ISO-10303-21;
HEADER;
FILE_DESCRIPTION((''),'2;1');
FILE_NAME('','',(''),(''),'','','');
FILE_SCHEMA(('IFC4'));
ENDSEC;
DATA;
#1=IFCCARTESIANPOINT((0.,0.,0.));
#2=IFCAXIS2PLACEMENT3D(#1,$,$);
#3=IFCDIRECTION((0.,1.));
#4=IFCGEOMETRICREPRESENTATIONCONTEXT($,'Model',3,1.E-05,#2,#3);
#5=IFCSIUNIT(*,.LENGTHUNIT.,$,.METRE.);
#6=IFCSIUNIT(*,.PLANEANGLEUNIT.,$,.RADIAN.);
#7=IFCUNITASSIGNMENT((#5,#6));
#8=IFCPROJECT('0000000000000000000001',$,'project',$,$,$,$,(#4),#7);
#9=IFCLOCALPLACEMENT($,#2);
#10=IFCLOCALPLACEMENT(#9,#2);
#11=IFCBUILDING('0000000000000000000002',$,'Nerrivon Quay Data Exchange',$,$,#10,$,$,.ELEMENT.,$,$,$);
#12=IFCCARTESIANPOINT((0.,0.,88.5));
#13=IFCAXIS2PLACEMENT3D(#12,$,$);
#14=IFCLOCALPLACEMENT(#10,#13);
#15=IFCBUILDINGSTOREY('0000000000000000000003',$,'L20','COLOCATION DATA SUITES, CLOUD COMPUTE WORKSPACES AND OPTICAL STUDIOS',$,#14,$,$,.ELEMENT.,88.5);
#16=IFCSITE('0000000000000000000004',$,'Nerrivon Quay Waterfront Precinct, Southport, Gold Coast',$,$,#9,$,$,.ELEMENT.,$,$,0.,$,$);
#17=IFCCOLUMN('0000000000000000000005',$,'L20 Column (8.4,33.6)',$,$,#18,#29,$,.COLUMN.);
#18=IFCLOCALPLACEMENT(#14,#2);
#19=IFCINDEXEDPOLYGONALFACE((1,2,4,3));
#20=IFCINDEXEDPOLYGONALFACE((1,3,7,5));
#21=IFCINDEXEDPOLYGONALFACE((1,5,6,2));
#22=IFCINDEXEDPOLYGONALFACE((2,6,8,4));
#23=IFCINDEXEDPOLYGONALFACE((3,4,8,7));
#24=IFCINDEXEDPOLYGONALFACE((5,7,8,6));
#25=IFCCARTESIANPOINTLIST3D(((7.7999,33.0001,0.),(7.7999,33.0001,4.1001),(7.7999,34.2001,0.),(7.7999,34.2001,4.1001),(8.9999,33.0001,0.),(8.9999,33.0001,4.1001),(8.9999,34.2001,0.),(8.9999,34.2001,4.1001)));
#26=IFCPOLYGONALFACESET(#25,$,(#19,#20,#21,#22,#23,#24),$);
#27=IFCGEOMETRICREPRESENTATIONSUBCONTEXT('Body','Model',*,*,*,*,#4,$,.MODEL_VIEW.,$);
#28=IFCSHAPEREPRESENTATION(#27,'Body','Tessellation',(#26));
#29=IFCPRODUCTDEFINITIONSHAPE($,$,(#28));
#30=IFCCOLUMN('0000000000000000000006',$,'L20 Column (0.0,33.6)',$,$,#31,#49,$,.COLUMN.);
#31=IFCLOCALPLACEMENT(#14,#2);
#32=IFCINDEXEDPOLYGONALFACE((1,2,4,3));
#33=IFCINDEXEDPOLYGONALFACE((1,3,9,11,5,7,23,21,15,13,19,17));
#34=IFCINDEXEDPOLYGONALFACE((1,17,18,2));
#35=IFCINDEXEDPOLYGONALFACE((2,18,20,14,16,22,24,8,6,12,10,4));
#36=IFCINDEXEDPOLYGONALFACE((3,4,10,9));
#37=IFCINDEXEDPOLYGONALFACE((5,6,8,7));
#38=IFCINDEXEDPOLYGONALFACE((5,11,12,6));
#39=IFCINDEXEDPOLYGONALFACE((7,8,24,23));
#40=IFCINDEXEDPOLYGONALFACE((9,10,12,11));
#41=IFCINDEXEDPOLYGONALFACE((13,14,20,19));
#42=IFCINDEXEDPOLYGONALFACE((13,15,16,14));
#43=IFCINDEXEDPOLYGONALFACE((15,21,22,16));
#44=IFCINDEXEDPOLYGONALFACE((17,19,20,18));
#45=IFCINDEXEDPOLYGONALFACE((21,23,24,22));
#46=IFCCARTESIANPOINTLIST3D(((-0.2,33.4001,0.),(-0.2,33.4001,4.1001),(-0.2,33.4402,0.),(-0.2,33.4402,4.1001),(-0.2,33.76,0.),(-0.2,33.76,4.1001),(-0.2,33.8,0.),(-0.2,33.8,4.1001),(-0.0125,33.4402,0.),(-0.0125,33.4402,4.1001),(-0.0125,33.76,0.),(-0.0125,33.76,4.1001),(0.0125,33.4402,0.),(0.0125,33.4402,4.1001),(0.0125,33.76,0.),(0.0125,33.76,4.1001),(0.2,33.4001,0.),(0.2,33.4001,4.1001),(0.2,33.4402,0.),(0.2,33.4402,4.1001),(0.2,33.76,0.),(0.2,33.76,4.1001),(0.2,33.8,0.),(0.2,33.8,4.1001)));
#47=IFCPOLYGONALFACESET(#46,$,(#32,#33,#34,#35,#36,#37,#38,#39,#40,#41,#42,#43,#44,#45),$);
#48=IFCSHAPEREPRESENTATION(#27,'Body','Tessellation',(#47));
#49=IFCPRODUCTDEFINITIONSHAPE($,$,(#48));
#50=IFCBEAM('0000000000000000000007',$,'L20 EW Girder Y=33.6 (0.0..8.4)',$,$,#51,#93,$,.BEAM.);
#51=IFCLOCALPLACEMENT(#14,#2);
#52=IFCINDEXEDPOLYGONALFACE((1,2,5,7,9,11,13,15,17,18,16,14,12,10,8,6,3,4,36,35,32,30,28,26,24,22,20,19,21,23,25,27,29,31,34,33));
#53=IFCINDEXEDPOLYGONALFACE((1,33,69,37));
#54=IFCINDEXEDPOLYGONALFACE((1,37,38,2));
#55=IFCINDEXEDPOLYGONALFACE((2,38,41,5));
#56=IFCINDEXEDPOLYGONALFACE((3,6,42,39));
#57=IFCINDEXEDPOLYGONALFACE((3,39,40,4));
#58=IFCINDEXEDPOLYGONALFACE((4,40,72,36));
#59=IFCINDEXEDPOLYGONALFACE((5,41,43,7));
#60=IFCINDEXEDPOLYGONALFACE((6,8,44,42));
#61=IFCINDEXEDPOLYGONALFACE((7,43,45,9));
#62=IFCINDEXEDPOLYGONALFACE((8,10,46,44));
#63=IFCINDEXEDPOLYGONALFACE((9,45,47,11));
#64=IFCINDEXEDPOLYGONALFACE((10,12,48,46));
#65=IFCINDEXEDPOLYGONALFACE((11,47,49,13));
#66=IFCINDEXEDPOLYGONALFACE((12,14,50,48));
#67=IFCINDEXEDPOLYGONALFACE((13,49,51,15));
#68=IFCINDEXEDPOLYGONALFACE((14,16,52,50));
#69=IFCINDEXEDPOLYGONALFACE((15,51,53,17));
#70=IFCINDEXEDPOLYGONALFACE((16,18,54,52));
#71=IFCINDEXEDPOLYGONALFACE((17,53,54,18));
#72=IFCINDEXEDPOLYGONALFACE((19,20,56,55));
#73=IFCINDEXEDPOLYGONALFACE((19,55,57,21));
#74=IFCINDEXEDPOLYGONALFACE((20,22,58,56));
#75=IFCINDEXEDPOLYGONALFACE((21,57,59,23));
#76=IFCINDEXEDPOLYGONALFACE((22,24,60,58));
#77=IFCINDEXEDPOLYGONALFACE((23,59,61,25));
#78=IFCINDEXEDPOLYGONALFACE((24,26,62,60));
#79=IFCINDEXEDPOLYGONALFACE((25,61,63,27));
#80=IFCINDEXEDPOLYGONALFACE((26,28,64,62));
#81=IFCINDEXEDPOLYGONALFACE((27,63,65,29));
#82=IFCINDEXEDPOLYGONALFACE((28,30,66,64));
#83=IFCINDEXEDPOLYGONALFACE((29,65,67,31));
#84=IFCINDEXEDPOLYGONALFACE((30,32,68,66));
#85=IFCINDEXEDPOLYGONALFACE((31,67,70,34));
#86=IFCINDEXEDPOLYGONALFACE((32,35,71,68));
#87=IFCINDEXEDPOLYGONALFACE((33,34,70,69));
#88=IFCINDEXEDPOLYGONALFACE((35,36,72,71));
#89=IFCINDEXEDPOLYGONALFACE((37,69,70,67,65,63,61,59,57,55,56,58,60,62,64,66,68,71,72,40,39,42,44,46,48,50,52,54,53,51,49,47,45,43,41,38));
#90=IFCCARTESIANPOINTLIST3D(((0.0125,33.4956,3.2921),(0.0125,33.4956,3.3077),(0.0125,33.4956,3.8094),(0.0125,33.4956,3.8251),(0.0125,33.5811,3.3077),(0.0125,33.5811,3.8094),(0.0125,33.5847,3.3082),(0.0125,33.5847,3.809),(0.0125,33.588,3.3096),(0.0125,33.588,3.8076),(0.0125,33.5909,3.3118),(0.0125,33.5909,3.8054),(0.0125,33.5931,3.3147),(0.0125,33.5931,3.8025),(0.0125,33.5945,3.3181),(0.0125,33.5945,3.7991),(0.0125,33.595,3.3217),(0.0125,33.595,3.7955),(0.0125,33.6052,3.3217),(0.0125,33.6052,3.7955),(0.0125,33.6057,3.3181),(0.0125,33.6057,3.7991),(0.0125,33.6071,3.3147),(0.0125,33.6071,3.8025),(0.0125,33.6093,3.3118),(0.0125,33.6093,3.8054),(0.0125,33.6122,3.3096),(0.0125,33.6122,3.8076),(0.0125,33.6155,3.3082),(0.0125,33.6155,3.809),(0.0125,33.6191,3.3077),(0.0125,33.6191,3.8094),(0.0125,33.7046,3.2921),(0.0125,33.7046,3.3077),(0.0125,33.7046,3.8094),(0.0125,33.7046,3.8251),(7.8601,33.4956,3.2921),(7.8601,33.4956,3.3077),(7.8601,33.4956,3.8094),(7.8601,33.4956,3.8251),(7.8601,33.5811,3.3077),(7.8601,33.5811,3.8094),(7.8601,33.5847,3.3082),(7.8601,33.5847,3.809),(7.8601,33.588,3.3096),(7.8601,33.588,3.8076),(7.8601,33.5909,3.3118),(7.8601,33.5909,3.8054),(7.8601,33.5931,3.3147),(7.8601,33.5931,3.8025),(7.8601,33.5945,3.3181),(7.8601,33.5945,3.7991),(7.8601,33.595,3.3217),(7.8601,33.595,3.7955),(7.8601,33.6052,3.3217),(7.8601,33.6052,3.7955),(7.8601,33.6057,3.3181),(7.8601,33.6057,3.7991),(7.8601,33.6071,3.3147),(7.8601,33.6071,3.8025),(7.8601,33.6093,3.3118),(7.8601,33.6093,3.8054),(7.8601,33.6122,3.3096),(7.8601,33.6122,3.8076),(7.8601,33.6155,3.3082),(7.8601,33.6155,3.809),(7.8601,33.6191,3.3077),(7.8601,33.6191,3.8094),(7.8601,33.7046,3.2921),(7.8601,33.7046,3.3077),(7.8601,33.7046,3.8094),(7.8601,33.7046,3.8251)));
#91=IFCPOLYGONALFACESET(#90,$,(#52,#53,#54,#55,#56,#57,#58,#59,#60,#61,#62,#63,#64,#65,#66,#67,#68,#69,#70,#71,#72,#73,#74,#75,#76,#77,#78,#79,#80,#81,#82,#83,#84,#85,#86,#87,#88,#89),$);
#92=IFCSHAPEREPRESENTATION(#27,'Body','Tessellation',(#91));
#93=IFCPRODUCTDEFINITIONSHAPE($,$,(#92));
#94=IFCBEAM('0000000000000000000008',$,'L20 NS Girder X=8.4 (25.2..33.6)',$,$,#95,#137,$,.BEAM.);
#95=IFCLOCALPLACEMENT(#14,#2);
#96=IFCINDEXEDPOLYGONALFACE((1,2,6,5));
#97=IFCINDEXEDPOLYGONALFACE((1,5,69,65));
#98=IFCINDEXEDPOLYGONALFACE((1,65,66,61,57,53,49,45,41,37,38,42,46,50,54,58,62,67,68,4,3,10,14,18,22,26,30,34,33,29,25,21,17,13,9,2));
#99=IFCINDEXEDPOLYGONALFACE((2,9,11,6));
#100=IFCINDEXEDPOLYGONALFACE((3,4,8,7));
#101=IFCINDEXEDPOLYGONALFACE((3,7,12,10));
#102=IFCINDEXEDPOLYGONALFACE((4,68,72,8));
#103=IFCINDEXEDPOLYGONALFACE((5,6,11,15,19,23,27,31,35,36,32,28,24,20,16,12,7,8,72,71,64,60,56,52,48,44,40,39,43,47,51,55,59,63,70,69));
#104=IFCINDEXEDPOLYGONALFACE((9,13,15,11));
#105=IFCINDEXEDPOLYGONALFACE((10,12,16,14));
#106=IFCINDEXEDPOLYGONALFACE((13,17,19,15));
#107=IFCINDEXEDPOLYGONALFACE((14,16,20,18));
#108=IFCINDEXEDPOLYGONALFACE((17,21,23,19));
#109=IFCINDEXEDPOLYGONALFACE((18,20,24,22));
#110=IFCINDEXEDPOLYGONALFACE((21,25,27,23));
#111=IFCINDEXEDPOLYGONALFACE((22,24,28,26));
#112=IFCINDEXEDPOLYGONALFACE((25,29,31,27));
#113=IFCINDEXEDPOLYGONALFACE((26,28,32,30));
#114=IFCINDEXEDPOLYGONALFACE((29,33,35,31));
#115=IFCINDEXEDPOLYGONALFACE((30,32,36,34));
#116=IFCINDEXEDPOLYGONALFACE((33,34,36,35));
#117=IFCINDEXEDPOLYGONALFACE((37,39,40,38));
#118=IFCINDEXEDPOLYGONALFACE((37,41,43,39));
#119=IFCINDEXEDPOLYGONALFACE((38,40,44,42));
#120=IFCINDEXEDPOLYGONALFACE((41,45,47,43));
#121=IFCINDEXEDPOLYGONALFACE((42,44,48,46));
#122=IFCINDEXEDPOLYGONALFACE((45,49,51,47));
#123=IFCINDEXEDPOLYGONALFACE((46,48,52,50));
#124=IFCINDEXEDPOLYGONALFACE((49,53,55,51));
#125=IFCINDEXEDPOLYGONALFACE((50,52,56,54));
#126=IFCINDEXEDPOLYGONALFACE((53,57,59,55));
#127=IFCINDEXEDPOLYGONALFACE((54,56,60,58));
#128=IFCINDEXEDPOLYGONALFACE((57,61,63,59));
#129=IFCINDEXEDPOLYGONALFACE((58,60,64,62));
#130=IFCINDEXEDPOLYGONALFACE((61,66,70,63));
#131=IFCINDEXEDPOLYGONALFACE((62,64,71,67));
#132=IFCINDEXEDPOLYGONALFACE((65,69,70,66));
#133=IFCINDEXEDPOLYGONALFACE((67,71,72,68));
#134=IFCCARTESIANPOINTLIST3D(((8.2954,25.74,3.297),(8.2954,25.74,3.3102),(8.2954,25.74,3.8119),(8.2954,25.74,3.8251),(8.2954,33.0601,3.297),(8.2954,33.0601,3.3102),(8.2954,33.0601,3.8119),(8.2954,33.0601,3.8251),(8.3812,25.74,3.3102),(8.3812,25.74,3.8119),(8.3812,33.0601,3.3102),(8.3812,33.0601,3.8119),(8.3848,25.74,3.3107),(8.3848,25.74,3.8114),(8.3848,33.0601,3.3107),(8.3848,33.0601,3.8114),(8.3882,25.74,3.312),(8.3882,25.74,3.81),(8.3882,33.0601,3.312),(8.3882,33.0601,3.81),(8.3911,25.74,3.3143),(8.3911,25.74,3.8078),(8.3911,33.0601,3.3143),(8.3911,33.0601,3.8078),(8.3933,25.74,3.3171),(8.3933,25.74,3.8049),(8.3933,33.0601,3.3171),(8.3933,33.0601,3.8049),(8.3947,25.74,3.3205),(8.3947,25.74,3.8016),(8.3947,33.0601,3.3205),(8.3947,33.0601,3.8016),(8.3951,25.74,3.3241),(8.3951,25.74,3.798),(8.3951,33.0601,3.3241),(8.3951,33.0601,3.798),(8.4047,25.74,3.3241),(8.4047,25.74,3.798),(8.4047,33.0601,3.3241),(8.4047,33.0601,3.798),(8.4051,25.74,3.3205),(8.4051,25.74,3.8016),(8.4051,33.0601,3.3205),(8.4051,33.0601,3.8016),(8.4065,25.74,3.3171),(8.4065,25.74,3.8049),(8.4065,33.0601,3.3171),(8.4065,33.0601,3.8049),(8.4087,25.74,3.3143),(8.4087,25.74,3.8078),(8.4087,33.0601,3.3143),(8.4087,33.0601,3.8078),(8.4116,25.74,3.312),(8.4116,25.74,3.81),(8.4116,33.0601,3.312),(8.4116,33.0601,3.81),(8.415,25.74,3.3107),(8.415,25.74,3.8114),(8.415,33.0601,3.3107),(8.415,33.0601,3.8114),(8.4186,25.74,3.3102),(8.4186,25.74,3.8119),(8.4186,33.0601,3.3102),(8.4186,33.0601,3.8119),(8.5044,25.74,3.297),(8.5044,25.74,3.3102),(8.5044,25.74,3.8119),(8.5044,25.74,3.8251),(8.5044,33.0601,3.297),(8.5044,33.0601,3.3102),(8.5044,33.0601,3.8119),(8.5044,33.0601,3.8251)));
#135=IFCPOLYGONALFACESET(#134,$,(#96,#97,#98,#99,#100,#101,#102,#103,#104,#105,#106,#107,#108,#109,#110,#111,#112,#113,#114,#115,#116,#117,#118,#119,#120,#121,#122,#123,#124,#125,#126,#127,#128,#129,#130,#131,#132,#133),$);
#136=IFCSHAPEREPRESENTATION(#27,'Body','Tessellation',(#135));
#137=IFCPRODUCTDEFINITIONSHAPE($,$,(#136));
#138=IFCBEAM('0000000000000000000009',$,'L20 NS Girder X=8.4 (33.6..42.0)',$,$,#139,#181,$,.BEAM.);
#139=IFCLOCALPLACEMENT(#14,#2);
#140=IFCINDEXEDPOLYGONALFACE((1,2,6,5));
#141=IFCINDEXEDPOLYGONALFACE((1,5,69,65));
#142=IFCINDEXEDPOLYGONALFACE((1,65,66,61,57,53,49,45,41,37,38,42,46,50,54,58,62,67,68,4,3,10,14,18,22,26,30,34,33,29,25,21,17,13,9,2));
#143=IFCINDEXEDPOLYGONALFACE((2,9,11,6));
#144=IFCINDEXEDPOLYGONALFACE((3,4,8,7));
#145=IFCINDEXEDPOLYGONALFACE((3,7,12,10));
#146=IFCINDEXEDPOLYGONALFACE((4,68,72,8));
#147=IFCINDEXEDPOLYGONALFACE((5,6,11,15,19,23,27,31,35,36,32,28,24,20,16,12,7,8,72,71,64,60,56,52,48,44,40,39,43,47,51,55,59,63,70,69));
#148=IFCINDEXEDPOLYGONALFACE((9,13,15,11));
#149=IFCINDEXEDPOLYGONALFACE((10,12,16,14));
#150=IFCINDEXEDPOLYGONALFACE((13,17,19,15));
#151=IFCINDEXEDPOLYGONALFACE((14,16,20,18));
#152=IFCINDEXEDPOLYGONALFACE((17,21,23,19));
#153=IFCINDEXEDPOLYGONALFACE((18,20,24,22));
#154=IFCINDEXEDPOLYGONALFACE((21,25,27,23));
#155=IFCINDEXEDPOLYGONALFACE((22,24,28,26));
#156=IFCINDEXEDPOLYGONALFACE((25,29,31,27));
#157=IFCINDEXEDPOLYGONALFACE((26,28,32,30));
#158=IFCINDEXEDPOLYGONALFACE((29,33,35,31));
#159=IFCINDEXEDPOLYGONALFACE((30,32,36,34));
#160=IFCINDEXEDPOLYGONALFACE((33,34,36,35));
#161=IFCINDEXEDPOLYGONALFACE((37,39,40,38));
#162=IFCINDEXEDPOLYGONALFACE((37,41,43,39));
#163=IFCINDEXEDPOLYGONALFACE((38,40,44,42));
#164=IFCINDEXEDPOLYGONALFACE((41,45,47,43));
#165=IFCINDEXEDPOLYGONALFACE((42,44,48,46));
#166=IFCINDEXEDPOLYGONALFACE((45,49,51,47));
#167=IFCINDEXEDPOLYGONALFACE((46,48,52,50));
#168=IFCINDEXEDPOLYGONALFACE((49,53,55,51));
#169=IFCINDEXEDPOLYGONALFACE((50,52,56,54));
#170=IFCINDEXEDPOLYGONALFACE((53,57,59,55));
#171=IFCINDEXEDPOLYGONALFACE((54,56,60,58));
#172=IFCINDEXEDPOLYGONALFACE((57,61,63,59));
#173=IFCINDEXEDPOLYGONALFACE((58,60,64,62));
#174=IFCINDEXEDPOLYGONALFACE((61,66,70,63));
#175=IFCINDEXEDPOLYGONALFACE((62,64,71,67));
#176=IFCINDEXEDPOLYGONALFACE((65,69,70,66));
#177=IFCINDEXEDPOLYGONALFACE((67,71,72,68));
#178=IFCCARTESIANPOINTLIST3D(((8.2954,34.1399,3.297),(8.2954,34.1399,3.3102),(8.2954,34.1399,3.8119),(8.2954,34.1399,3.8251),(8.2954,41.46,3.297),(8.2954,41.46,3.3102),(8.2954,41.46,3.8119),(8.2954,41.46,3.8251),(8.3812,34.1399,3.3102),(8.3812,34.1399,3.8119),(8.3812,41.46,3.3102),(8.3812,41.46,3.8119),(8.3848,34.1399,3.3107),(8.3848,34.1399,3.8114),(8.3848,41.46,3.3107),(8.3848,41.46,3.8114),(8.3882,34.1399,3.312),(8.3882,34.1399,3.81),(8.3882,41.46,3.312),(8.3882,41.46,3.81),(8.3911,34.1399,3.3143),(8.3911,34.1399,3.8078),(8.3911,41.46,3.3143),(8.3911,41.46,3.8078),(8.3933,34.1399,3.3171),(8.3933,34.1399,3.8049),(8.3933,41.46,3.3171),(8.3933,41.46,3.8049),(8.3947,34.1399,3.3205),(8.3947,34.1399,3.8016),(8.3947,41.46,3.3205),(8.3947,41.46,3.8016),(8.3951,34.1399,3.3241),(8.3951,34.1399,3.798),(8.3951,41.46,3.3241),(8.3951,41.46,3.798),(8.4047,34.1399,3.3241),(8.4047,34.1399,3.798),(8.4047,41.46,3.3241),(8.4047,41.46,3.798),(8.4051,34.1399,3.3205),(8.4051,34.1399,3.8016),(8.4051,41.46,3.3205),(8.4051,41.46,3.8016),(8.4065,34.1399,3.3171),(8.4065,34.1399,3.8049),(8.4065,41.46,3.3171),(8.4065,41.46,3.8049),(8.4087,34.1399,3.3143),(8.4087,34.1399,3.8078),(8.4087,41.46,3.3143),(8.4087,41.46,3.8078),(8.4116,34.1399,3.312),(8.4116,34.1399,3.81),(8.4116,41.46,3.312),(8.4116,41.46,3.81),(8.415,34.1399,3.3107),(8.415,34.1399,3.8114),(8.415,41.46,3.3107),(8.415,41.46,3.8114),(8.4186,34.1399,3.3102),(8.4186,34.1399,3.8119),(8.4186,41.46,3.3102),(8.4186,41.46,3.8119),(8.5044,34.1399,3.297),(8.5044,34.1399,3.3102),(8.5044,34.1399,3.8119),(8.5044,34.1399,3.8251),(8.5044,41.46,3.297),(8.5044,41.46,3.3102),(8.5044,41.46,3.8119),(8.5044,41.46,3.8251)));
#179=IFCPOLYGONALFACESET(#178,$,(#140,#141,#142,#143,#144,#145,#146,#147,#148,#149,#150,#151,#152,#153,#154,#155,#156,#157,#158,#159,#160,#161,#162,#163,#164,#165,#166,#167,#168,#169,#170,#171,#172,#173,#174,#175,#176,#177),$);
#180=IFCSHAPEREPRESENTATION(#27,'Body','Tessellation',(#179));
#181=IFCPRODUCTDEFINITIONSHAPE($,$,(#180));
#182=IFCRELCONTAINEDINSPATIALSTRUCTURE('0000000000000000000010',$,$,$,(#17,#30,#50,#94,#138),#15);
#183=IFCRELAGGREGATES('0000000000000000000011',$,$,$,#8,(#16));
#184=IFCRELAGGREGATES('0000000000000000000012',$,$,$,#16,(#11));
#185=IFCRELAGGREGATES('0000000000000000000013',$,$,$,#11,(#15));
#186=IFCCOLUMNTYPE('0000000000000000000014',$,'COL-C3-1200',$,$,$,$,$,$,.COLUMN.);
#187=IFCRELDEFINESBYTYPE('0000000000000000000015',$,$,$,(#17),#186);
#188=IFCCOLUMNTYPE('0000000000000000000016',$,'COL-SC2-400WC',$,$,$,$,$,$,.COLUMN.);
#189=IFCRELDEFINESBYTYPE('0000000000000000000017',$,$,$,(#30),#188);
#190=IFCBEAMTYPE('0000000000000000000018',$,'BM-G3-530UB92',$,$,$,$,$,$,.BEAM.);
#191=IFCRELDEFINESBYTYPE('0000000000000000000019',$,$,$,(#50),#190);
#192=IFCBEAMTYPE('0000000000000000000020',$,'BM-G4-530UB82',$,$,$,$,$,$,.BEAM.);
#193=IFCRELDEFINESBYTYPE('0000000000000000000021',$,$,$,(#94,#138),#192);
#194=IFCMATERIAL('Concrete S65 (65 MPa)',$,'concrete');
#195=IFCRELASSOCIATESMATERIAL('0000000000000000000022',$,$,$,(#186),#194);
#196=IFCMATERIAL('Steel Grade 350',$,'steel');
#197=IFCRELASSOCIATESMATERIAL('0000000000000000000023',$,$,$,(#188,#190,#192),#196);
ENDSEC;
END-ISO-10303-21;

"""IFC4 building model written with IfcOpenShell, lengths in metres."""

from ifc_helpers import new_model, si_unit, direction, frame, origin, origin_2d, place, context, subcontext, project, spatial, rectangle, i_section, extrude, material, material_profile, profile_set, type_object, element, save


model = new_model("IFC4")

# Units and contexts
model_context = context("Model", 3, precision=1e-05, world=origin(), true_north=direction((0.0, 1.0)))
body_context = subcontext(model_context, "Body", "Model", "MODEL_VIEW")
ifc_project = project(units=[si_unit("LENGTHUNIT", "METRE"), si_unit("PLANEANGLEUNIT", "RADIAN")], contexts=[model_context])

# Site, building, storey
site_placement = place(None, origin())
site = spatial("IfcSite", under=ifc_project, at=site_placement, Name="Nerrivon Quay Waterfront Precinct, Southport, Gold Coast", CompositionType="ELEMENT", RefElevation=0.0)
building_placement = place(site_placement, origin())
building = spatial("IfcBuilding", under=site, at=building_placement, Name="Nerrivon Quay Data Exchange", CompositionType="ELEMENT")
storey_placement = place(building_placement, frame((0.0, 0.0, 88.5)))
storey = spatial("IfcBuildingStorey", under=building, at=storey_placement, Name="L20", Description="COLOCATION DATA SUITES, CLOUD COMPUTE WORKSPACES AND OPTICAL STUDIOS", CompositionType="ELEMENT", Elevation=88.5)

# Columns
ifc_material_1 = material(Name="Concrete S65 (65 MPa)", Category="concrete")
ifc_material_profile_1 = material_profile(ifc_material_1, rectangle(XDim=1.2, YDim=1.2, at=origin_2d()), Name="RC-COL-1200x1200")
ifc_profile_set_1 = profile_set([ifc_material_profile_1], Name="Concrete S65 (65 MPa)")
column_type_1 = type_object("IfcColumnType", Name="COL-C3-1200", PredefinedType="COLUMN", material=ifc_profile_set_1)
column_1_placement = place(storey_placement, frame((8.3999, 33.6001, 0.0), z_axis=(0.0, 0.0, 1.0), x_axis=(1.0, 0.0, 0.0)))
element("IfcColumn", 1, at=column_1_placement, inside=storey, type_object=column_type_1, Name="L20 Column (8.4,33.6)", PredefinedType="COLUMN", context=body_context, shape_type="SweptSolid", body=[
    extrude(rectangle(XDim=1.2, YDim=1.2, at=origin_2d()), origin(), (0.0, 0.0, 1.0), 4.1001),
])
ifc_material_2 = material(Name="Steel Grade 350", Category="steel")
ifc_material_profile_2 = material_profile(ifc_material_2, i_section(OverallWidth=0.3999, OverallDepth=0.3999, WebThickness=0.0249, FlangeThickness=0.04, at=origin_2d()), Name="400WC328")
ifc_profile_set_2 = profile_set([ifc_material_profile_2], Name="Steel Grade 350")
column_type_2 = type_object("IfcColumnType", Name="COL-SC2-400WC", PredefinedType="COLUMN", material=ifc_profile_set_2)
column_2_placement = place(storey_placement, frame((0.0, 33.6001, 0.0), z_axis=(0.0, 0.0, 1.0), x_axis=(1.0, 0.0, 0.0)))
element("IfcColumn", 2, at=column_2_placement, inside=storey, type_object=column_type_2, Name="L20 Column (0.0,33.6)", PredefinedType="COLUMN", context=body_context, shape_type="SweptSolid", body=[
    extrude(i_section(OverallWidth=0.3999, OverallDepth=0.3999, WebThickness=0.0249, FlangeThickness=0.04, at=origin_2d()), origin(), (0.0, 0.0, 1.0), 4.1001),
])

# Beams
ifc_material_profile_3 = material_profile(ifc_material_2, i_section(OverallWidth=0.209, OverallDepth=0.533, WebThickness=0.0103, FlangeThickness=0.0156, FilletRadius=0.0139, at=origin_2d()), Name="530UB92.4")
ifc_profile_set_3 = profile_set([ifc_material_profile_3], Name="Steel Grade 350")
beam_type_1 = type_object("IfcBeamType", Name="BM-G3-530UB92", PredefinedType="BEAM", material=ifc_profile_set_3)
beam_1_placement = place(storey_placement, frame((0.0125, 33.6001, 3.5586), z_axis=(1.0, 0.0, 0.0), x_axis=(0.0, 1.0, 0.0)))
element("IfcBeam", 3, at=beam_1_placement, inside=storey, type_object=beam_type_1, Name="L20 EW Girder Y=33.6 (0.0..8.4)", PredefinedType="BEAM", context=body_context, shape_type="SweptSolid", body=[
    extrude(i_section(OverallWidth=0.209, OverallDepth=0.533, WebThickness=0.0103, FlangeThickness=0.0156, FilletRadius=0.0139, at=origin_2d()), origin(), (0.0, 0.0, 1.0), 7.8477),
])
ifc_material_profile_4 = material_profile(ifc_material_2, i_section(OverallWidth=0.209, OverallDepth=0.5281, WebThickness=0.0095, FlangeThickness=0.0132, FilletRadius=0.0139, at=origin_2d()), Name="530UB82.0")
ifc_profile_set_4 = profile_set([ifc_material_profile_4], Name="Steel Grade 350")
beam_type_2 = type_object("IfcBeamType", Name="BM-G4-530UB82", PredefinedType="BEAM", material=ifc_profile_set_4)
for number, where, z_axis, x_axis, name in (
    (4, (8.3999, 25.74, 3.561), (0.0, 1.0, 0.0), (-1.0, 0.0, 0.0), "L20 NS Girder X=8.4 (25.2..33.6)"),
    (5, (8.3999, 34.1399, 3.561), (0.0, 1.0, 0.0), (-1.0, 0.0, 0.0), "L20 NS Girder X=8.4 (33.6..42.0)"),
):
    element("IfcBeam", number, at=place(storey_placement, frame(where, z_axis=z_axis, x_axis=x_axis)), inside=storey, type_object=beam_type_2, Name=name, PredefinedType="BEAM", context=body_context, shape_type="SweptSolid", body=[
        extrude(i_section(OverallWidth=0.209, OverallDepth=0.5281, WebThickness=0.0095, FlangeThickness=0.0132, FilletRadius=0.0139, at=origin_2d()), origin(), (0.0, 0.0, 1.0), 7.3201),
    ])

save(model, "model.ifc")
